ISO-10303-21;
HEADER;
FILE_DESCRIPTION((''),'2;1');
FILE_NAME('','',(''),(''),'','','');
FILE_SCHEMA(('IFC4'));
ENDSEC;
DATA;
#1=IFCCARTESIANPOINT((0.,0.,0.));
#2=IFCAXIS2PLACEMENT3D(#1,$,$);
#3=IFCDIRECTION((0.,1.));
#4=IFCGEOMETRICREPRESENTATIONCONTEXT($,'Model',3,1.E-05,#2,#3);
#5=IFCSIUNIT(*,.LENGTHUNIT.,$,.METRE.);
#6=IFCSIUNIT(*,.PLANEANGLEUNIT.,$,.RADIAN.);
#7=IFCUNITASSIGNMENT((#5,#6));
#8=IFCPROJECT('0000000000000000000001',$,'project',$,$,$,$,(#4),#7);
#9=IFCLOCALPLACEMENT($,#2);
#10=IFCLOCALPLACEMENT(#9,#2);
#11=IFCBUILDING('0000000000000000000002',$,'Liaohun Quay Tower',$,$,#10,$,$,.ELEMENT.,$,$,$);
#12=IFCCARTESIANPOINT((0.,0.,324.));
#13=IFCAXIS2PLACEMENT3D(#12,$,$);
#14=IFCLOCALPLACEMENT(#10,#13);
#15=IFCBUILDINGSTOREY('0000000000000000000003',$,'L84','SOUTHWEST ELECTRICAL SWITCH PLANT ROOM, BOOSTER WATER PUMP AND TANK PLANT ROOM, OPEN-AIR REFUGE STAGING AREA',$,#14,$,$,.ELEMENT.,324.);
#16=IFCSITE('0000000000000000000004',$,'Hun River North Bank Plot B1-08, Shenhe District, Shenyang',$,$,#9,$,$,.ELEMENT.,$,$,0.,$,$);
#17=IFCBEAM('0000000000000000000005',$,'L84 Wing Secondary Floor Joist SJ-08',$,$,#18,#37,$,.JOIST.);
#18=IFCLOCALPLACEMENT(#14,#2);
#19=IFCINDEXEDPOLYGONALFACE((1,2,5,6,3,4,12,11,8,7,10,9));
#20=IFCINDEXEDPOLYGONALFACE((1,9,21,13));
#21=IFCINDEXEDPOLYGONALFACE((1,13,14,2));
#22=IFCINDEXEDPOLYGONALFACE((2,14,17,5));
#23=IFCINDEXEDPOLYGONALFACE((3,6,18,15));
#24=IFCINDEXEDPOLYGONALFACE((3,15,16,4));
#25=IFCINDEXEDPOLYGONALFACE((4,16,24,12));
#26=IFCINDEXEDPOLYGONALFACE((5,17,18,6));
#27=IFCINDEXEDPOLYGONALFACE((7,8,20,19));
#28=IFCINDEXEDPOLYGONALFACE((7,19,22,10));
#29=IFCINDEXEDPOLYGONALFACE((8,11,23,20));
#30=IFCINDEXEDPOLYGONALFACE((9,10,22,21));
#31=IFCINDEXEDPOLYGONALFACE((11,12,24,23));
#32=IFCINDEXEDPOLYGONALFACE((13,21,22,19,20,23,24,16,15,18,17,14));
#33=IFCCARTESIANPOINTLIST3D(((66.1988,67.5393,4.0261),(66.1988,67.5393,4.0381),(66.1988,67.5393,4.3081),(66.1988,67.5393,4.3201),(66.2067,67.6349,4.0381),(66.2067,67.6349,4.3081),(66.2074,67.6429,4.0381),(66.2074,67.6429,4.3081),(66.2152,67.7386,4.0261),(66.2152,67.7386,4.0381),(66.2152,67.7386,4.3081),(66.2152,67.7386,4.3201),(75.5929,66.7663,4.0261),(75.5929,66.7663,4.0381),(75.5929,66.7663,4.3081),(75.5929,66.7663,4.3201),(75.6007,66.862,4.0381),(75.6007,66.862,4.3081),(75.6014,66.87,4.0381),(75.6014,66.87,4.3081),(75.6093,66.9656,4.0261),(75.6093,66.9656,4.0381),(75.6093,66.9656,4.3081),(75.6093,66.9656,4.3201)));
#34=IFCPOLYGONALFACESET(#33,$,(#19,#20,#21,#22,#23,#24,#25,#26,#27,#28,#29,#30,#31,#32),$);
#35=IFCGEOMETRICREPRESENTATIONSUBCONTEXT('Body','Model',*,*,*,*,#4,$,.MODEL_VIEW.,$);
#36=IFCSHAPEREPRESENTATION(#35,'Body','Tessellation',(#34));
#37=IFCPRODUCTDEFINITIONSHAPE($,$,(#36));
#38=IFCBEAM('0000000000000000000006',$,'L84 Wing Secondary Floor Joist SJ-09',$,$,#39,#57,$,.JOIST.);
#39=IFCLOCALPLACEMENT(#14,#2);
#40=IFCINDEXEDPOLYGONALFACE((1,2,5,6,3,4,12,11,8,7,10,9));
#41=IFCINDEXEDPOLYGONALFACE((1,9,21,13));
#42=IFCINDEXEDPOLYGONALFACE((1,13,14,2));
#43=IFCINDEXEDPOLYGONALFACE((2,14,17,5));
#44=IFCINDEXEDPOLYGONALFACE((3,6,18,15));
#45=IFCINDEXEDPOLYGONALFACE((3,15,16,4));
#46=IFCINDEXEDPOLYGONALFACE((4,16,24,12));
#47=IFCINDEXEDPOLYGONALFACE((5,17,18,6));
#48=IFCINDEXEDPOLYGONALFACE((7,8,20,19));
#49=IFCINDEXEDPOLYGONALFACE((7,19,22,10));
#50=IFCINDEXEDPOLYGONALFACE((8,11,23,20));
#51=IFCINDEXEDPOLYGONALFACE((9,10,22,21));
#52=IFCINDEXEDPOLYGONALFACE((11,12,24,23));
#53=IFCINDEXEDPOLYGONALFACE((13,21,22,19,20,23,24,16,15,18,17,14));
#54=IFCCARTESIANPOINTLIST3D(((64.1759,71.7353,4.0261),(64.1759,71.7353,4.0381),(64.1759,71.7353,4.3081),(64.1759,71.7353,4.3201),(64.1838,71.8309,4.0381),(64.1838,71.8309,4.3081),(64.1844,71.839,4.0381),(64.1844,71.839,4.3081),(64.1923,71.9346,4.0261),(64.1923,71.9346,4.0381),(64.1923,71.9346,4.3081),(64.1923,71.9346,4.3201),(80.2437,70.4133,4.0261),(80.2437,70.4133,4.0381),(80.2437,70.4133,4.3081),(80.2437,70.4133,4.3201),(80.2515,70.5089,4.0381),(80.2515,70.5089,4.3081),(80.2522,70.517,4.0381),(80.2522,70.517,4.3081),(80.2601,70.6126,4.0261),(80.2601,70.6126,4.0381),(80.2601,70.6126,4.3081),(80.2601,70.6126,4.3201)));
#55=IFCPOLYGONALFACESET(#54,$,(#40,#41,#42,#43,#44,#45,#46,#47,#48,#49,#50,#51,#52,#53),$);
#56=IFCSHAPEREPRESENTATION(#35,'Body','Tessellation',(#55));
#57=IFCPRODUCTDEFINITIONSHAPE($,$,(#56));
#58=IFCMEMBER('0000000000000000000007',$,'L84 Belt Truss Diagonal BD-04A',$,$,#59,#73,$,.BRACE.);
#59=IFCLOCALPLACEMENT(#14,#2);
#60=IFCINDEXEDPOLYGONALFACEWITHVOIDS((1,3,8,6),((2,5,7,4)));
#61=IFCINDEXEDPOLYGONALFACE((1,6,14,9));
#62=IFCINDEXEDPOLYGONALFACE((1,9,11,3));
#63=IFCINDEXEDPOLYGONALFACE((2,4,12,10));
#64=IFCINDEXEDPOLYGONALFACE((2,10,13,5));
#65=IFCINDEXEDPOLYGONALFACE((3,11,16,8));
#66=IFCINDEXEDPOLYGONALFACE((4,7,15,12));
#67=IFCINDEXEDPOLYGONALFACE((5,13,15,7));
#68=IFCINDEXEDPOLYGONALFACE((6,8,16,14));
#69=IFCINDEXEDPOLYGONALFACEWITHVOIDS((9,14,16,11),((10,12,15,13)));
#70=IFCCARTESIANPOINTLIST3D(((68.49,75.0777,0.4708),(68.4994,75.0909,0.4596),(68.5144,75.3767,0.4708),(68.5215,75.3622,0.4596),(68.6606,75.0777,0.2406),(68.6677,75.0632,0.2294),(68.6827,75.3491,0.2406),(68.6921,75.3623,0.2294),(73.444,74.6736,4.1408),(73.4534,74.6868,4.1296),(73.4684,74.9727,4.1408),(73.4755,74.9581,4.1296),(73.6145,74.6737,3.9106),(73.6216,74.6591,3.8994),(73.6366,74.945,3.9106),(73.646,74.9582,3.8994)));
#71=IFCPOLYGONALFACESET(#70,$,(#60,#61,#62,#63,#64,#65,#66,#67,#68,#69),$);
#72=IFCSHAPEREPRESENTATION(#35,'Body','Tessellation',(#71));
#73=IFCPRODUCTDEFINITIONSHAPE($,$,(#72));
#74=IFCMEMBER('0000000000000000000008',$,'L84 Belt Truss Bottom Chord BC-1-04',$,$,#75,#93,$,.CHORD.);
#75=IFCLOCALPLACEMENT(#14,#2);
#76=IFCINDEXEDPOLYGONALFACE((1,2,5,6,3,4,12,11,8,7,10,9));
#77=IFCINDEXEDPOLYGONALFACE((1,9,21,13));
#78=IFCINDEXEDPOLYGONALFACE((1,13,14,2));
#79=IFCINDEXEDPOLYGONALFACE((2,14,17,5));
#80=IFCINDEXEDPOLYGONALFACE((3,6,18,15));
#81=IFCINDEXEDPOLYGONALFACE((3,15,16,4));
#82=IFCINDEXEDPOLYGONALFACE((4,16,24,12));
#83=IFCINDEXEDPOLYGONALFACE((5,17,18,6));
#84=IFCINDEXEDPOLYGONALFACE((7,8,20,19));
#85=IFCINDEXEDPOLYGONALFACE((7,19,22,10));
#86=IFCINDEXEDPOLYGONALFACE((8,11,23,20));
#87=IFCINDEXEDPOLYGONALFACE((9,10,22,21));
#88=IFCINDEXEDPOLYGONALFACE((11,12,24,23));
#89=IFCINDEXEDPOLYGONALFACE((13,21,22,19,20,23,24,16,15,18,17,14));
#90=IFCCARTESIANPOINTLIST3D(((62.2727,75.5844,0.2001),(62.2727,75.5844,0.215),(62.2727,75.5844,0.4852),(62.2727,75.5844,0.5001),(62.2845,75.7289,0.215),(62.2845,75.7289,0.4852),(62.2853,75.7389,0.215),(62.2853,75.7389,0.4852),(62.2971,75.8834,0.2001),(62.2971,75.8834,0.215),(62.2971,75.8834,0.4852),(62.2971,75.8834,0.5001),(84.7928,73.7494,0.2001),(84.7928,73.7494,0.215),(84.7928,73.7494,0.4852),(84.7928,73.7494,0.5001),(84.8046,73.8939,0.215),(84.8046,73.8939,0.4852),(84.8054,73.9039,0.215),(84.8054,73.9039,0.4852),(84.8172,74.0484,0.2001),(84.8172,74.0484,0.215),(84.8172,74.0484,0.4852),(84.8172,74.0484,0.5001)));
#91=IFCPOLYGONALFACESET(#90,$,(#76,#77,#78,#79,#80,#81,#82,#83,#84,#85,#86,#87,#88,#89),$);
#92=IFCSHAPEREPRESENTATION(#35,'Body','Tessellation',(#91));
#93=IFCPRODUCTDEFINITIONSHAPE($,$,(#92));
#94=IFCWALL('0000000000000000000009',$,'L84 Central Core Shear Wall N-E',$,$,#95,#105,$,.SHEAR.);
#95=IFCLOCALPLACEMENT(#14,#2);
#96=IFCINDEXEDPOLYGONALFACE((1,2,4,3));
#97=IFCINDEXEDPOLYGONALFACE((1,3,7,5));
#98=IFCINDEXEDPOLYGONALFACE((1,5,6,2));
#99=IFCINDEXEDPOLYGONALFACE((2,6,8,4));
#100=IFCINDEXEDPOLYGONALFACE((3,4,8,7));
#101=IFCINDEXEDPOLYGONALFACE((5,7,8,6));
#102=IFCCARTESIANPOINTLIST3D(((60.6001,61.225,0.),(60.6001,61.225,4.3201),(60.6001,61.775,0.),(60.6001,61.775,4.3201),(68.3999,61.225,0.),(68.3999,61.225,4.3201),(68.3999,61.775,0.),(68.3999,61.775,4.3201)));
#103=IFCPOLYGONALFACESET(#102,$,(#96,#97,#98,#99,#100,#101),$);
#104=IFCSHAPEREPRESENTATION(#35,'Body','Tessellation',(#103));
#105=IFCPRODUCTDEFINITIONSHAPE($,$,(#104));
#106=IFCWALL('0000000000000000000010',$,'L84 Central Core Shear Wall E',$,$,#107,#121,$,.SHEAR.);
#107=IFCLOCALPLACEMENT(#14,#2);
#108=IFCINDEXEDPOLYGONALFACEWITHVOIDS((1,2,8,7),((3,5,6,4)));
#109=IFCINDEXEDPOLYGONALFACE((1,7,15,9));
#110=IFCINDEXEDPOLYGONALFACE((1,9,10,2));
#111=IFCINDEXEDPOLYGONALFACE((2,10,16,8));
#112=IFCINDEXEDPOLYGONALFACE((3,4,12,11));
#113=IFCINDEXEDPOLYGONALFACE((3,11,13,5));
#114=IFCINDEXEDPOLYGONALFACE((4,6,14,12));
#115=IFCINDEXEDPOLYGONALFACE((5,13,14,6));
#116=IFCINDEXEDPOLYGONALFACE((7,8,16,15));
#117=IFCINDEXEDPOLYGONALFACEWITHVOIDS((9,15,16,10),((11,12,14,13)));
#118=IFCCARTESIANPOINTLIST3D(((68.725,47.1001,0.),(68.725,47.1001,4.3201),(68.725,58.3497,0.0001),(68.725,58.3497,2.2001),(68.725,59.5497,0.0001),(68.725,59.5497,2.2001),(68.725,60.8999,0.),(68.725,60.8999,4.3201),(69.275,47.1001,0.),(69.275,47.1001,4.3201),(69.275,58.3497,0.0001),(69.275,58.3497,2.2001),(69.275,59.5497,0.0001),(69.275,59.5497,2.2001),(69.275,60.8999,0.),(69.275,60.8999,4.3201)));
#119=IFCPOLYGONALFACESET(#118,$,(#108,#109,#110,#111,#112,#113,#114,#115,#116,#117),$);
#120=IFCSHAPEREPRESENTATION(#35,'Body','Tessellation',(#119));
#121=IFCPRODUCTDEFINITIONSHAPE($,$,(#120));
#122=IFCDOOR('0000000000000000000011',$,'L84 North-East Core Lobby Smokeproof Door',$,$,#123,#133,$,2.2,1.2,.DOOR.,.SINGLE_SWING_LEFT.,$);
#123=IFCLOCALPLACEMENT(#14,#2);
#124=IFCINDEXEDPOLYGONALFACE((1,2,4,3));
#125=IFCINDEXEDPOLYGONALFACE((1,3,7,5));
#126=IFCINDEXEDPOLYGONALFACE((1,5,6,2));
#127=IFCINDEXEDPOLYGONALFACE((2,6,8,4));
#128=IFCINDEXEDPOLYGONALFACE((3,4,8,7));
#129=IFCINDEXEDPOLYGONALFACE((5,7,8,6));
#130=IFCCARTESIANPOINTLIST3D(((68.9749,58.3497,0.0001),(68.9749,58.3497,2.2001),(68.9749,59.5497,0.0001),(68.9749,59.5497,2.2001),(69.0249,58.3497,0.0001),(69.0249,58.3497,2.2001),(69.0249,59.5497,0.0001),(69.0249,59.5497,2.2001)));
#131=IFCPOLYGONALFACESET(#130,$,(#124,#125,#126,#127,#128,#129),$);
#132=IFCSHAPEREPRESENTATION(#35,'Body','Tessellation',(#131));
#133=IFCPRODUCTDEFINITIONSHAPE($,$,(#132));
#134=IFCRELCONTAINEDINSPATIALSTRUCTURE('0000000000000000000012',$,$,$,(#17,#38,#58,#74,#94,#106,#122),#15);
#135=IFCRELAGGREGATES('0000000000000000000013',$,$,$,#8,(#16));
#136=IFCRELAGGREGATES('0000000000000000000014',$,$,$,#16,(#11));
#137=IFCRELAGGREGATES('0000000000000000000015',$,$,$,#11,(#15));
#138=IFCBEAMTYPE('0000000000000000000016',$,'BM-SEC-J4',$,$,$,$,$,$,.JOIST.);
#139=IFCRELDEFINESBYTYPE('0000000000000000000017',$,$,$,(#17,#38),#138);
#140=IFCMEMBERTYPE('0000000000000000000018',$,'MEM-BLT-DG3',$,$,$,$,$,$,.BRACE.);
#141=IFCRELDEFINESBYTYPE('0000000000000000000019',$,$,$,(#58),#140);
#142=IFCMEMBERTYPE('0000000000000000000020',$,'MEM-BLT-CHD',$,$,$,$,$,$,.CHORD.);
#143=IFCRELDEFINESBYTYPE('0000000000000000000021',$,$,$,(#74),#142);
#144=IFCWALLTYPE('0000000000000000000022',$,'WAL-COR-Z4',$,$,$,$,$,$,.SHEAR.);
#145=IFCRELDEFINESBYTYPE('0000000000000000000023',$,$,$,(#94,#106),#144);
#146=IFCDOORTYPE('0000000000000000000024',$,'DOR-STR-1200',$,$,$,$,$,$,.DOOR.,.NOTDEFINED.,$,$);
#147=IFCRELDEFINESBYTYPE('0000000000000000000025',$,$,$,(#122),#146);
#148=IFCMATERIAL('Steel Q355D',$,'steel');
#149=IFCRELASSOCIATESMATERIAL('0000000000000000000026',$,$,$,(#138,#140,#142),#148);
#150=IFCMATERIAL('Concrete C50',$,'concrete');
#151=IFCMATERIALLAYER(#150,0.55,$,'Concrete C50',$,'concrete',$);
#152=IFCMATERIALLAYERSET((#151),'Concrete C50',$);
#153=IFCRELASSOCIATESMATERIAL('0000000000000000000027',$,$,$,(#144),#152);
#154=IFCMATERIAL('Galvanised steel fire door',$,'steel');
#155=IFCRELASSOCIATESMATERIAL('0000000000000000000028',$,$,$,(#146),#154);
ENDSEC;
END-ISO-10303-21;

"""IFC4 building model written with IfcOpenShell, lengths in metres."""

from ifc_helpers import new_model, si_unit, direction, frame, frame_2d, origin, origin_2d, place, context, subcontext, project, spatial, rectangle, hollow_rectangle, i_section, extrude, source, transform, mapped, material, layer, layer_set, material_profile, profile_set, type_object, element, fill, save


model = new_model("IFC4")

# Units and contexts
model_context = context("Model", 3, precision=1e-05, world=origin(), true_north=direction((0.0, 1.0)))
body_context = subcontext(model_context, "Body", "Model", "MODEL_VIEW")
ifc_project = project(units=[si_unit("LENGTHUNIT", "METRE"), si_unit("PLANEANGLEUNIT", "RADIAN")], contexts=[model_context])

# Site, building, storey
site_placement = place(None, origin())
site = spatial("IfcSite", under=ifc_project, at=site_placement, Name="Hun River North Bank Plot B1-08, Shenhe District, Shenyang", CompositionType="ELEMENT", RefElevation=0.0)
building_placement = place(site_placement, origin())
building = spatial("IfcBuilding", under=site, at=building_placement, Name="Liaohun Quay Tower", CompositionType="ELEMENT")
storey_placement = place(building_placement, frame((0.0, 0.0, 324.0)))
storey = spatial("IfcBuildingStorey", under=building, at=storey_placement, Name="L84", Description="SOUTHWEST ELECTRICAL SWITCH PLANT ROOM, BOOSTER WATER PUMP AND TANK PLANT ROOM, OPEN-AIR REFUGE STAGING AREA", CompositionType="ELEMENT", Elevation=324.0)

# Shared definitions
ifc_material_1 = material(Name="Concrete C50", Category="concrete")

# Beams
ifc_material_2 = material(Name="Steel Q355D", Category="steel")
ifc_material_profile_1 = material_profile(ifc_material_2, i_section(OverallWidth=0.2, OverallDepth=0.2939, WebThickness=0.0081, FlangeThickness=0.012, at=origin_2d()), Name="HM294x200x8x12")
ifc_profile_set_1 = profile_set([ifc_material_profile_1], Name="Steel Q355D")
beam_type_1 = type_object("IfcBeamType", Name="BM-SEC-J4", PredefinedType="JOIST", material=ifc_profile_set_1)
shared_shape_1 = source(origin(), body_context, "Body", "SweptSolid", [
    extrude(i_section(OverallWidth=0.2, OverallDepth=0.2939, WebThickness=0.0081, FlangeThickness=0.012, at=origin_2d()), origin(), (0.0, 0.0, 1.0), 9.4258),
])
beam_1_placement = place(storey_placement, frame((66.207, 67.6389, 4.1731), z_axis=(0.996632, -0.082004, 0.0), x_axis=(0.082004, 0.996632, 0.0)))
element("IfcBeam", 1, at=beam_1_placement, inside=storey, type_object=beam_type_1, Name="L84 Wing Secondary Floor Joist SJ-08", PredefinedType="JOIST", context=body_context, shape_type="MappedRepresentation", body=[
    mapped(shared_shape_1, transform((0.0, 0.0, 0.0), x_axis=(1.0, 0.0, 0.0), y_axis=(0.0, 1.0, 0.0), z_axis=(0.0, 0.0, 1.0), scale=1.0)),
])
shared_shape_2 = source(origin(), body_context, "Body", "SweptSolid", [
    extrude(i_section(OverallWidth=0.2, OverallDepth=0.2939, WebThickness=0.0081, FlangeThickness=0.012, at=origin_2d()), origin(), (0.0, 0.0, 1.0), 16.1221),
])
beam_2_placement = place(storey_placement, frame((64.1841, 71.835, 4.1731), z_axis=(0.996632, -0.082, 0.0), x_axis=(0.082, 0.996632, 0.0)))
element("IfcBeam", 2, at=beam_2_placement, inside=storey, type_object=beam_type_1, Name="L84 Wing Secondary Floor Joist SJ-09", PredefinedType="JOIST", context=body_context, shape_type="MappedRepresentation", body=[
    mapped(shared_shape_2, transform((0.0, 0.0, 0.0), x_axis=(1.0, 0.0, 0.0), y_axis=(0.0, 1.0, 0.0), z_axis=(0.0, 0.0, 1.0), scale=1.0)),
])

# Members
ifc_material_profile_2 = material_profile(ifc_material_2, hollow_rectangle(XDim=0.3, YDim=0.3, WallThickness=0.0139, at=origin_2d()), Name="SHS300x300x14")
ifc_profile_set_2 = profile_set([ifc_material_profile_2], Name="Steel Q355D")
member_type_1 = type_object("IfcMemberType", Name="MEM-BLT-DG3", PredefinedType="BRACE", material=ifc_profile_set_2)
shared_shape_3 = source(origin(), body_context, "Body", "SweptSolid", [
    extrude(hollow_rectangle(XDim=0.3, YDim=0.3, WallThickness=0.0139, at=origin_2d()), origin(), (0.0, 0.0, 1.0), 6.1785),
])
member_1_placement = place(storey_placement, frame((68.5911, 75.22, 0.3501), z_axis=(0.801806, -0.065398, 0.593995), x_axis=(0.081293, 0.99669, 0.0)))
element("IfcMember", 3, at=member_1_placement, inside=storey, type_object=member_type_1, Name="L84 Belt Truss Diagonal BD-04A", PredefinedType="BRACE", context=body_context, shape_type="MappedRepresentation", body=[
    mapped(shared_shape_3, transform((0.0, 0.0, 0.0), x_axis=(1.0, 0.0, 0.0), y_axis=(0.0, 1.0, 0.0), z_axis=(0.0, 0.0, 1.0), scale=1.0)),
])
ifc_material_profile_3 = material_profile(ifc_material_2, i_section(OverallWidth=0.3, OverallDepth=0.3, WebThickness=0.01, FlangeThickness=0.0149, at=origin_2d()), Name="HW300x300x10x15")
ifc_profile_set_3 = profile_set([ifc_material_profile_3], Name="Steel Q355D")
member_type_2 = type_object("IfcMemberType", Name="MEM-BLT-CHD", PredefinedType="CHORD", material=ifc_profile_set_3)
shared_shape_4 = source(origin(), body_context, "Body", "SweptSolid", [
    extrude(i_section(OverallWidth=0.3, OverallDepth=0.3, WebThickness=0.01, FlangeThickness=0.0149, at=origin_2d()), origin(), (0.0, 0.0, 1.0), 22.5947),
])
member_2_placement = place(storey_placement, frame((62.2849, 75.7339, 0.3501), z_axis=(0.996697, -0.081212, 0.0), x_axis=(0.081212, 0.996697, 0.0)))
element("IfcMember", 4, at=member_2_placement, inside=storey, type_object=member_type_2, Name="L84 Belt Truss Bottom Chord BC-1-04", PredefinedType="CHORD", context=body_context, shape_type="MappedRepresentation", body=[
    mapped(shared_shape_4, transform((0.0, 0.0, 0.0), x_axis=(1.0, 0.0, 0.0), y_axis=(0.0, 1.0, 0.0), z_axis=(0.0, 0.0, 1.0), scale=1.0)),
])

# Wall
ifc_layer_1 = layer(ifc_material_1, 0.55, Name="Concrete C50", Category="concrete")
ifc_layer_set_1 = layer_set([ifc_layer_1], Name="Concrete C50")
wall_type_1 = type_object("IfcWallType", Name="WAL-COR-Z4", PredefinedType="SHEAR", material=ifc_layer_set_1)
wall_1_placement = place(storey_placement, frame((60.6001, 61.5, 0.0), z_axis=(0.0, 0.0, 1.0), x_axis=(1.0, 0.0, 0.0)))
element("IfcWall", 5, at=wall_1_placement, inside=storey, type_object=wall_type_1, Name="L84 Central Core Shear Wall N-E", PredefinedType="SHEAR", context=body_context, shape_type="SweptSolid", body=[
    extrude(rectangle(XDim=7.7998, YDim=0.55, at=frame_2d((3.8999, 0.0))), origin(), (0.0, 0.0, 1.0), 4.3201),
])

# Wall, opening, door
wall_2_placement = place(storey_placement, frame((69.0, 60.8999, 0.0), z_axis=(0.0, 0.0, 1.0), x_axis=(0.0, -1.0, 0.0)))
wall_2 = element("IfcWall", 6, at=wall_2_placement, inside=storey, type_object=wall_type_1, Name="L84 Central Core Shear Wall E", PredefinedType="SHEAR", context=body_context, shape_type="SweptSolid", body=[
    extrude(rectangle(XDim=13.7998, YDim=0.55, at=frame_2d((6.8999, 0.0))), origin(), (0.0, 0.0, 1.0), 4.3201),
])
shared_shape_5 = source(origin(), body_context, "Body", "SweptSolid", [
    extrude(rectangle(XDim=1.2, YDim=2.2, at=frame_2d((0.6001, 1.1001))), frame((0.0, 0.2849, 0.0), z_axis=(0.0, -1.0, 0.0), x_axis=(1.0, 0.0, 0.0)), (0.0, 0.0, 1.0), 0.5701),
])
opening_1_placement = place(wall_2_placement, frame((1.3501, 0.0, 0.0)))
opening_1 = element("IfcOpeningElement", 7, at=opening_1_placement, cuts=wall_2, PredefinedType="OPENING", context=body_context, shape_type="MappedRepresentation", body=[
    mapped(shared_shape_5, transform((0.0, 0.0, 0.0), x_axis=(1.0, 0.0, 0.0), y_axis=(0.0, 1.0, 0.0), z_axis=(0.0, 0.0, 1.0), scale=1.0)),
])
ifc_material_3 = material(Name="Galvanised steel fire door", Category="steel")
door_type_1 = type_object("IfcDoorType", Name="DOR-STR-1200", OperationType="NOTDEFINED", PredefinedType="DOOR", material=ifc_material_3)
shared_shape_6 = source(origin(), body_context, "Body", "SweptSolid", [
    extrude(rectangle(XDim=1.2, YDim=2.2, at=frame_2d((0.6001, 1.1001))), frame((0.0, 0.0249, 0.0), z_axis=(0.0, -1.0, 0.0), x_axis=(1.0, 0.0, 0.0)), (0.0, 0.0, 1.0), 0.05),
])
door_1_placement = place(opening_1_placement, origin())
door_1 = element("IfcDoor", 8, at=door_1_placement, inside=storey, type_object=door_type_1, Name="L84 North-East Core Lobby Smokeproof Door", OperationType="SINGLE_SWING_LEFT", OverallHeight=2.2, OverallWidth=1.2, PredefinedType="DOOR", context=body_context, shape_type="MappedRepresentation", body=[
    mapped(shared_shape_6, transform((0.0, 0.0, 0.0), x_axis=(1.0, 0.0, 0.0), y_axis=(0.0, 1.0, 0.0), z_axis=(0.0, 0.0, 1.0), scale=1.0)),
])
fill(opening_1, door_1)

save(model, "model.ifc")
